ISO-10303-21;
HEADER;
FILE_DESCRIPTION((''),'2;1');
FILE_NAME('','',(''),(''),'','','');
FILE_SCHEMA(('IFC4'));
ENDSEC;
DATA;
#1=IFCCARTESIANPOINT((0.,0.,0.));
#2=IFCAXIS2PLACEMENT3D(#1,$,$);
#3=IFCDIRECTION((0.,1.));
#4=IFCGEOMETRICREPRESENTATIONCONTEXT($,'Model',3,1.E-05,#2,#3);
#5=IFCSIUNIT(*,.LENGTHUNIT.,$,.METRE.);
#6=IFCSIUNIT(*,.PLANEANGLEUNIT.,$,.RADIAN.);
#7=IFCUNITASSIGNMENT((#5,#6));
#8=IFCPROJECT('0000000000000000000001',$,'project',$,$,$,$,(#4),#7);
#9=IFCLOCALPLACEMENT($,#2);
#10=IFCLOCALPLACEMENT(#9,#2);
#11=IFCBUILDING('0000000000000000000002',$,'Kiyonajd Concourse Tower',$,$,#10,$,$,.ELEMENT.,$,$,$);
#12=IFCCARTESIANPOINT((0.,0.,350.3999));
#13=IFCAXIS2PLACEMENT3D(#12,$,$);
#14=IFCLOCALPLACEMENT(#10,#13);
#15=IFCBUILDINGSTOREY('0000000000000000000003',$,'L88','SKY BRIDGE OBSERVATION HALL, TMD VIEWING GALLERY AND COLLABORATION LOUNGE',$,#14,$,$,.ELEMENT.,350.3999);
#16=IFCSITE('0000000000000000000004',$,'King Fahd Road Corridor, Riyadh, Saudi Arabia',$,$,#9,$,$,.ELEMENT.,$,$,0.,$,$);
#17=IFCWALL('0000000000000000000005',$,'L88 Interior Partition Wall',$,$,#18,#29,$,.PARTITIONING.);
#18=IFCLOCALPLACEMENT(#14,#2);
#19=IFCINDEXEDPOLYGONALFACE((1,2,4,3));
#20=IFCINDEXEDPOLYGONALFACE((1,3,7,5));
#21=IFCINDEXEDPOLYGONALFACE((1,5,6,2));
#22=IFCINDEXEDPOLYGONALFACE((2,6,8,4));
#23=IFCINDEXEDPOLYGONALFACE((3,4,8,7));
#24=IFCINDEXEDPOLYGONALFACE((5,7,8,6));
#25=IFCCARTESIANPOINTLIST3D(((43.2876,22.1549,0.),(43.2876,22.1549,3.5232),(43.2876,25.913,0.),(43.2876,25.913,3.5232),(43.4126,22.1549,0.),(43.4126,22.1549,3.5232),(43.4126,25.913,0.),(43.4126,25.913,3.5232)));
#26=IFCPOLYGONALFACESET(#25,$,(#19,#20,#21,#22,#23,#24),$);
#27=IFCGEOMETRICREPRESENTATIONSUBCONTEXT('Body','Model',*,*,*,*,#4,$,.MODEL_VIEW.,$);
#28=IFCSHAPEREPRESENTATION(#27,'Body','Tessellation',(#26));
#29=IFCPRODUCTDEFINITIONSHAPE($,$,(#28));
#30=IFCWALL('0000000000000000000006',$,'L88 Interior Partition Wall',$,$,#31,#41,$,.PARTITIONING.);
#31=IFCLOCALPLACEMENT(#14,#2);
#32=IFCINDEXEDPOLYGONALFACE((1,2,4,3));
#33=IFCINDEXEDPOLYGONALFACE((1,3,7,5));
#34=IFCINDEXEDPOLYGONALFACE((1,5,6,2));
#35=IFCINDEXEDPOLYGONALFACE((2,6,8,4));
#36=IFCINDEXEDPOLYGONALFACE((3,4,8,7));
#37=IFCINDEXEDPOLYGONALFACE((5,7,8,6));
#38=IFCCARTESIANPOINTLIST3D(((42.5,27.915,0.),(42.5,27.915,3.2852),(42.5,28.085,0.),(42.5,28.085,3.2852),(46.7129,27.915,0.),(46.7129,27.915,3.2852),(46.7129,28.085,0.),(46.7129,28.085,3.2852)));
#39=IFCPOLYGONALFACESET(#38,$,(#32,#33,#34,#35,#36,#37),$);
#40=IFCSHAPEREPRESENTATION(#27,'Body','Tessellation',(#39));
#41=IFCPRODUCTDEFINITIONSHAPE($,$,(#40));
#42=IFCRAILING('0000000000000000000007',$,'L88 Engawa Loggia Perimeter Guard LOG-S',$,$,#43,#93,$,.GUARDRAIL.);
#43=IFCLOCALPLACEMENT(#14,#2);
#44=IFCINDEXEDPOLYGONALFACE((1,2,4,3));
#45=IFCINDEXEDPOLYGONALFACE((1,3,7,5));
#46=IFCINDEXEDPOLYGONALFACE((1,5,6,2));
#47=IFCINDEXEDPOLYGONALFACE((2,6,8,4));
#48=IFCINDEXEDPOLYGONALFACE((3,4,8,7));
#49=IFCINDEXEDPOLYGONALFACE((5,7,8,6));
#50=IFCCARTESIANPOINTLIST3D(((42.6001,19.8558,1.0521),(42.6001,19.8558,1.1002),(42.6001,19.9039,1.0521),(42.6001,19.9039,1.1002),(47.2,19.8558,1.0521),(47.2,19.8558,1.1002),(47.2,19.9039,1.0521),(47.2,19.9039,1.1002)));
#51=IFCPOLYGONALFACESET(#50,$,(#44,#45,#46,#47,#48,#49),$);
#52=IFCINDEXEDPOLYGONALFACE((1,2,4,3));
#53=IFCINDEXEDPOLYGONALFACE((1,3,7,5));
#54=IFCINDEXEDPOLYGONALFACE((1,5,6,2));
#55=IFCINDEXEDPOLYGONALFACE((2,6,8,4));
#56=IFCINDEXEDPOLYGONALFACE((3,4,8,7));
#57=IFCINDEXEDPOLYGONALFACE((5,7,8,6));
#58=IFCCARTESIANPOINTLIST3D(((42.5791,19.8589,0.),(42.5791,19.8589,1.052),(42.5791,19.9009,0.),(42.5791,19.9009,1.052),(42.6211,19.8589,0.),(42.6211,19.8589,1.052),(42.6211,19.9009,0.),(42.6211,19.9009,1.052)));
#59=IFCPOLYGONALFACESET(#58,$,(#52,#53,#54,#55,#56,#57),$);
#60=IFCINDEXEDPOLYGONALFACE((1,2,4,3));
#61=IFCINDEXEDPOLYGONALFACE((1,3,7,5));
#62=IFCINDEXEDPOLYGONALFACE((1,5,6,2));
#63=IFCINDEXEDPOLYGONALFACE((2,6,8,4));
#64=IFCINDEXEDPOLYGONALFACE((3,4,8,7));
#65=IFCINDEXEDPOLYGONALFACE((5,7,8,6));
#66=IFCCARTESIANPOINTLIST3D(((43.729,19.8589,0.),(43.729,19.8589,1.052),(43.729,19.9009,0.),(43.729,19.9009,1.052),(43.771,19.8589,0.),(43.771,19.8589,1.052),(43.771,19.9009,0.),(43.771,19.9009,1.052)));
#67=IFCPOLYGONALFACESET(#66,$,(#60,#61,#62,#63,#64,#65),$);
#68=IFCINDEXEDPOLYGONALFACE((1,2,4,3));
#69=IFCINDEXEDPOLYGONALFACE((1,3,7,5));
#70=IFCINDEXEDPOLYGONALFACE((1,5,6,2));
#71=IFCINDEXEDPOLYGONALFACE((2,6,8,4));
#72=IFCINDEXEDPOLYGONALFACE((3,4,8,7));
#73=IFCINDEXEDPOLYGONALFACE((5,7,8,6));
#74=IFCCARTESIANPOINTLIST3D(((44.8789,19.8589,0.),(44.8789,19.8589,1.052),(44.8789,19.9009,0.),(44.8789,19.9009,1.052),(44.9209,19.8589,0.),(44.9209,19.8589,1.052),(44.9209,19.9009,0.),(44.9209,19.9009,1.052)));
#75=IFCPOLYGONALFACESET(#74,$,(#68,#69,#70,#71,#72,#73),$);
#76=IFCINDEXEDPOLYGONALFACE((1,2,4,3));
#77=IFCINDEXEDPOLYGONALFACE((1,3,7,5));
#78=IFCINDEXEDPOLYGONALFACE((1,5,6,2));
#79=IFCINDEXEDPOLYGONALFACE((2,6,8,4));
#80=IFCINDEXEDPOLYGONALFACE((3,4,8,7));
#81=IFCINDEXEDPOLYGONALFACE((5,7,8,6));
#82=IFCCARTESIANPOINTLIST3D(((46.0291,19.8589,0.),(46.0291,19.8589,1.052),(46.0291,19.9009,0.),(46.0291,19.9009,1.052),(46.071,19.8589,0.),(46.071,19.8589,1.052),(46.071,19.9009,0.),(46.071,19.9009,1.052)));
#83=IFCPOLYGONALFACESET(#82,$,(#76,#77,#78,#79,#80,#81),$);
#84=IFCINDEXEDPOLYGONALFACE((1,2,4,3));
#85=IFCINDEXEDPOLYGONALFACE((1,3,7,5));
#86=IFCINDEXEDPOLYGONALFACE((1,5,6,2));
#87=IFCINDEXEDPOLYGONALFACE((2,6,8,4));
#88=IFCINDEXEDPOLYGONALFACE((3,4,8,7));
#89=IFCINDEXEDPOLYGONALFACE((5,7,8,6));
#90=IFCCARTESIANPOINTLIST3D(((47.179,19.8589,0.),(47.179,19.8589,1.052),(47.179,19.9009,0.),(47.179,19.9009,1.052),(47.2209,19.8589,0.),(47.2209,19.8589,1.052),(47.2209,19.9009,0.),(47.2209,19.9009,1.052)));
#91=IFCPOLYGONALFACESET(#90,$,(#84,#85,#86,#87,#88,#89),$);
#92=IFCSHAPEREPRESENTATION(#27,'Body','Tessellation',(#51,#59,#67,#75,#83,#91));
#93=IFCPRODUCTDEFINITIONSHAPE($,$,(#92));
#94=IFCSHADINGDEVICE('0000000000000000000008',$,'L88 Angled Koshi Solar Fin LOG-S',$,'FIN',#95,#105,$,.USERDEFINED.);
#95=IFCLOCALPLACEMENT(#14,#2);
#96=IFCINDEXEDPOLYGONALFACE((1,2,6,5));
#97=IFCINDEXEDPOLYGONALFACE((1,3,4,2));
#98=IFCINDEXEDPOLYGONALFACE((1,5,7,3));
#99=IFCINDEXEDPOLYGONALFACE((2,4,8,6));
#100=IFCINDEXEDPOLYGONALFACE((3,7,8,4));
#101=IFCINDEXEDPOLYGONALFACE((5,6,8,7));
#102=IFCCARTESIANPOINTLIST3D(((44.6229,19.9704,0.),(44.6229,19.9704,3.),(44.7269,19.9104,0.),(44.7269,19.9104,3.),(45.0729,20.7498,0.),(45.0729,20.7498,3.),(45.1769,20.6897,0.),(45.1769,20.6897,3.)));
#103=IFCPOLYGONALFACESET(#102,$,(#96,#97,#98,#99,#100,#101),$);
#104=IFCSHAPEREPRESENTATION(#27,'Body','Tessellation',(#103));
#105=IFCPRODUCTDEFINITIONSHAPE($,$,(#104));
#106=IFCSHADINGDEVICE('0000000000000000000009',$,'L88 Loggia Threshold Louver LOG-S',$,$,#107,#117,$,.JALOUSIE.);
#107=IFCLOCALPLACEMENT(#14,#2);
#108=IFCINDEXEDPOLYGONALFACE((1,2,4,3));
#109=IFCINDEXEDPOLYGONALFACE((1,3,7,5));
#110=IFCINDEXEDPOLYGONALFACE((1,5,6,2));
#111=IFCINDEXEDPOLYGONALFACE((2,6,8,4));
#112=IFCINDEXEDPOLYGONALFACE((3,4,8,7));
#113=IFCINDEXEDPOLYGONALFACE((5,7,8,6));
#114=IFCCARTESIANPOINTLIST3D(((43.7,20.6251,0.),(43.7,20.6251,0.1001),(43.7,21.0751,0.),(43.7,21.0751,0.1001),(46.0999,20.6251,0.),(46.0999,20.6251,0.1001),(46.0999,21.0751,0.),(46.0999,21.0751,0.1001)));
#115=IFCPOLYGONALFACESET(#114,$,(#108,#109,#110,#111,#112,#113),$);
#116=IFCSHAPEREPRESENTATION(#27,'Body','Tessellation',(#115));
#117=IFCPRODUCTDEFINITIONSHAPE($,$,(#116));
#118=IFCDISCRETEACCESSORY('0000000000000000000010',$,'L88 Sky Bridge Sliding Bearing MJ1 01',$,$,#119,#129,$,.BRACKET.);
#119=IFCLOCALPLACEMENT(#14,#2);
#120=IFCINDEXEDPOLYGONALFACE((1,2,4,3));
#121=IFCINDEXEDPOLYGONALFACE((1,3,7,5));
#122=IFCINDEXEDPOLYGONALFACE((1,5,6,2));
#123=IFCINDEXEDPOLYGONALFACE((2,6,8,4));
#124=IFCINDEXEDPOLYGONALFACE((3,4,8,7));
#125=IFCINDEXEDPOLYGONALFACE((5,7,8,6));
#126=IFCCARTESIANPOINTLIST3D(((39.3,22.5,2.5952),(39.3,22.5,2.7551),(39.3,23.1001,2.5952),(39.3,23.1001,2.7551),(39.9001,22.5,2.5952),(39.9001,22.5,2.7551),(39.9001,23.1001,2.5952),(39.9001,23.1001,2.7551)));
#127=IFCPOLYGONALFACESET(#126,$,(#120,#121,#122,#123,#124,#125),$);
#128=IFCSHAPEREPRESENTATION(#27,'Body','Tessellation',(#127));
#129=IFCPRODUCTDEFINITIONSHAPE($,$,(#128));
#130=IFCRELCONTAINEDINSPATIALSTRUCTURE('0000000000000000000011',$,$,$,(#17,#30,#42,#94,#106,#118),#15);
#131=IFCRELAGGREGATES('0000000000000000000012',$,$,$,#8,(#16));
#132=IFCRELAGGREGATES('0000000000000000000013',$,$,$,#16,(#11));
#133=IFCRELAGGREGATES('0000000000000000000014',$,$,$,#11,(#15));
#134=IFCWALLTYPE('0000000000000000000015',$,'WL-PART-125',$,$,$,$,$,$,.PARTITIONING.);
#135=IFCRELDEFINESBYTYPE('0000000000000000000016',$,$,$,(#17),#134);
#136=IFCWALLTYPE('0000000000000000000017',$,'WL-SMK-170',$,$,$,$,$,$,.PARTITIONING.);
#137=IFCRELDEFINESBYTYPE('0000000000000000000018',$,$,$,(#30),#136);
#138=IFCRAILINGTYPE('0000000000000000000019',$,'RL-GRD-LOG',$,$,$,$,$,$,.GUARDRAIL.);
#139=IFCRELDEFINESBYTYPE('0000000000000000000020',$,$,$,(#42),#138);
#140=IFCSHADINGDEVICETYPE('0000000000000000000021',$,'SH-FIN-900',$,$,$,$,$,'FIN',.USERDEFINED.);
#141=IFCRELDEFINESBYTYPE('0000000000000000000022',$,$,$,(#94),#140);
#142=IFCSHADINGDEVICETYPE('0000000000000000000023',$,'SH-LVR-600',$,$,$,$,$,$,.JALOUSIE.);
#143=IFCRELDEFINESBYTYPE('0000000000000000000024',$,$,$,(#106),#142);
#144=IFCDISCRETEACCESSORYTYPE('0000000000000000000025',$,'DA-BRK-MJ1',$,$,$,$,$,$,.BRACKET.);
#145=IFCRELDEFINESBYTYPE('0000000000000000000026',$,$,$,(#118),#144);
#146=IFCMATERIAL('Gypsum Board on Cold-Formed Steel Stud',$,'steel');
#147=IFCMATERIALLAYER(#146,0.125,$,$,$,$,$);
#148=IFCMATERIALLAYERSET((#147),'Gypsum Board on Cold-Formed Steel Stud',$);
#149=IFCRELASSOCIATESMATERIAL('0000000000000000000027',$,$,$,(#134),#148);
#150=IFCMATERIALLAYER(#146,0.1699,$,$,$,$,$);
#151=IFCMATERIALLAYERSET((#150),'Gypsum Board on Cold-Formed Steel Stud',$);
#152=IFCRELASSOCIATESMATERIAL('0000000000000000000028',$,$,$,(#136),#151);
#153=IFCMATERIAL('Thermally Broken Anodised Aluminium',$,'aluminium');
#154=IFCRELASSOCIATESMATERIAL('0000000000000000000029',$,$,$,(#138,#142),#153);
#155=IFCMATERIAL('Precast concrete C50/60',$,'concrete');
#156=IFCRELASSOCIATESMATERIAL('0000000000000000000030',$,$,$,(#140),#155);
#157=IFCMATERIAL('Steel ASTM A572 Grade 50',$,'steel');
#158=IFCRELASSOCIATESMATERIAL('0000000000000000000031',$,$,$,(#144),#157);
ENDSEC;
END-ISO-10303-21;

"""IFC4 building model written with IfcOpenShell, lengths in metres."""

from ifc_helpers import new_model, si_unit, direction, frame, frame_2d, origin, origin_2d, place, context, subcontext, project, spatial, rectangle, extrude, material, layer, layer_set, type_object, element, save


model = new_model("IFC4")

# Units and contexts
model_context = context("Model", 3, precision=1e-05, world=origin(), true_north=direction((0.0, 1.0)))
body_context = subcontext(model_context, "Body", "Model", "MODEL_VIEW")
ifc_project = project(units=[si_unit("LENGTHUNIT", "METRE"), si_unit("PLANEANGLEUNIT", "RADIAN")], contexts=[model_context])

# Site, building, storey
site_placement = place(None, origin())
site = spatial("IfcSite", under=ifc_project, at=site_placement, Name="King Fahd Road Corridor, Riyadh, Saudi Arabia", CompositionType="ELEMENT", RefElevation=0.0)
building_placement = place(site_placement, origin())
building = spatial("IfcBuilding", under=site, at=building_placement, Name="Kiyonajd Concourse Tower", CompositionType="ELEMENT")
storey_placement = place(building_placement, frame((0.0, 0.0, 350.3999)))
storey = spatial("IfcBuildingStorey", under=building, at=storey_placement, Name="L88", Description="SKY BRIDGE OBSERVATION HALL, TMD VIEWING GALLERY AND COLLABORATION LOUNGE", CompositionType="ELEMENT", Elevation=350.3999)

# Shared definitions
ifc_material_1 = material(Name="Steel ASTM A572 Grade 50", Category="steel")

# Shared definitions
ifc_material_2 = material(Name="Thermally Broken Anodised Aluminium", Category="aluminium")

# Shared definitions
ifc_material_3 = material(Name="Precast concrete C50/60", Category="concrete")

# Walls
ifc_material_4 = material(Name="Gypsum Board on Cold-Formed Steel Stud", Category="steel")
ifc_layer_1 = layer(ifc_material_4, 0.125)
ifc_layer_set_1 = layer_set([ifc_layer_1], Name="Gypsum Board on Cold-Formed Steel Stud")
wall_type_1 = type_object("IfcWallType", Name="WL-PART-125", PredefinedType="PARTITIONING", material=ifc_layer_set_1)
wall_1_placement = place(storey_placement, frame((43.3501, 22.155, 0.0), z_axis=(0.0, 0.0, 1.0), x_axis=(0.0, 1.0, 0.0)))
element("IfcWall", 1, at=wall_1_placement, inside=storey, type_object=wall_type_1, Name="L88 Interior Partition Wall", PredefinedType="PARTITIONING", context=body_context, shape_type="SweptSolid", body=[
    extrude(rectangle(XDim=3.7581, YDim=0.125, at=frame_2d((1.8789, 0.0))), origin(), (0.0, 0.0, 1.0), 3.5232),
])
ifc_layer_2 = layer(ifc_material_4, 0.1699)
ifc_layer_set_2 = layer_set([ifc_layer_2], Name="Gypsum Board on Cold-Formed Steel Stud")
wall_type_2 = type_object("IfcWallType", Name="WL-SMK-170", PredefinedType="PARTITIONING", material=ifc_layer_set_2)
wall_2_placement = place(storey_placement, frame((42.5, 28.0, 0.0), z_axis=(0.0, 0.0, 1.0), x_axis=(1.0, 0.0, 0.0)))
element("IfcWall", 2, at=wall_2_placement, inside=storey, type_object=wall_type_2, Name="L88 Interior Partition Wall", PredefinedType="PARTITIONING", context=body_context, shape_type="SweptSolid", body=[
    extrude(rectangle(XDim=4.2129, YDim=0.1699, at=frame_2d((2.1064, 0.0))), origin(), (0.0, 0.0, 1.0), 3.2852),
])

# Railing
railing_type = type_object("IfcRailingType", Name="RL-GRD-LOG", PredefinedType="GUARDRAIL", material=ifc_material_2)
railing_placement = place(storey_placement, frame((42.6001, 19.8799, 0.0)))
element("IfcRailing", 3, at=railing_placement, inside=storey, type_object=railing_type, Name="L88 Engawa Loggia Perimeter Guard LOG-S", PredefinedType="GUARDRAIL", context=body_context, shape_type="SweptSolid", body=[
    extrude(rectangle(XDim=0.0481, YDim=0.0481, at=origin_2d()), frame((0.0, 0.0, 1.0762), z_axis=(1.0, 0.0, 0.0), x_axis=(0.0, 1.0, 0.0)), (0.0, 0.0, 1.0), 4.5999),
    extrude(rectangle(XDim=0.042, YDim=0.042, at=origin_2d()), origin(), (0.0, 0.0, 1.0), 1.052),
    extrude(rectangle(XDim=0.042, YDim=0.042, at=origin_2d()), frame((1.1499, 0.0, 0.0)), (0.0, 0.0, 1.0), 1.052),
    extrude(rectangle(XDim=0.042, YDim=0.042, at=origin_2d()), frame((2.2998, 0.0, 0.0)), (0.0, 0.0, 1.0), 1.052),
    extrude(rectangle(XDim=0.042, YDim=0.042, at=origin_2d()), frame((3.45, 0.0, 0.0)), (0.0, 0.0, 1.0), 1.052),
    extrude(rectangle(XDim=0.042, YDim=0.042, at=origin_2d()), frame((4.5999, 0.0, 0.0)), (0.0, 0.0, 1.0), 1.052),
])

# Shading devices
shading_device_type_1 = type_object("IfcShadingDeviceType", Name="SH-FIN-900", ElementType="FIN", PredefinedType="USERDEFINED", material=ifc_material_3)
shading_device_1_placement = place(storey_placement, frame((44.8999, 20.3301, 0.0), z_axis=(0.0, 0.0, 1.0), x_axis=(0.5, 0.866025, 0.0)))
element("IfcShadingDevice", 4, at=shading_device_1_placement, inside=storey, type_object=shading_device_type_1, Name="L88 Angled Koshi Solar Fin LOG-S", ObjectType="FIN", PredefinedType="USERDEFINED", context=body_context, shape_type="SweptSolid", body=[
    extrude(rectangle(XDim=0.8999, YDim=0.1201, at=origin_2d()), origin(), (0.0, 0.0, 1.0), 3.0),
])
shading_device_type_2 = type_object("IfcShadingDeviceType", Name="SH-LVR-600", PredefinedType="JALOUSIE", material=ifc_material_2)
shading_device_2_placement = place(storey_placement, frame((44.8999, 20.8501, 0.0), z_axis=(0.0, 0.0, 1.0), x_axis=(1.0, 0.0, 0.0)))
element("IfcShadingDevice", 5, at=shading_device_2_placement, inside=storey, type_object=shading_device_type_2, Name="L88 Loggia Threshold Louver LOG-S", PredefinedType="JALOUSIE", context=body_context, shape_type="SweptSolid", body=[
    extrude(rectangle(XDim=2.3999, YDim=0.45, at=origin_2d()), origin(), (0.0, 0.0, 1.0), 0.1001),
])

# Discrete accessory
discrete_accessory_type = type_object("IfcDiscreteAccessoryType", Name="DA-BRK-MJ1", PredefinedType="BRACKET", material=ifc_material_1)
discrete_accessory_placement = place(storey_placement, frame((39.6001, 22.8, 2.5952), z_axis=(0.0, 0.0, 1.0), x_axis=(1.0, 0.0, 0.0)))
element("IfcDiscreteAccessory", 6, at=discrete_accessory_placement, inside=storey, type_object=discrete_accessory_type, Name="L88 Sky Bridge Sliding Bearing MJ1 01", PredefinedType="BRACKET", context=body_context, shape_type="SweptSolid", body=[
    extrude(rectangle(XDim=0.6001, YDim=0.6001, at=origin_2d()), origin(), (0.0, 0.0, 1.0), 0.1599),
])

save(model, "model.ifc")
